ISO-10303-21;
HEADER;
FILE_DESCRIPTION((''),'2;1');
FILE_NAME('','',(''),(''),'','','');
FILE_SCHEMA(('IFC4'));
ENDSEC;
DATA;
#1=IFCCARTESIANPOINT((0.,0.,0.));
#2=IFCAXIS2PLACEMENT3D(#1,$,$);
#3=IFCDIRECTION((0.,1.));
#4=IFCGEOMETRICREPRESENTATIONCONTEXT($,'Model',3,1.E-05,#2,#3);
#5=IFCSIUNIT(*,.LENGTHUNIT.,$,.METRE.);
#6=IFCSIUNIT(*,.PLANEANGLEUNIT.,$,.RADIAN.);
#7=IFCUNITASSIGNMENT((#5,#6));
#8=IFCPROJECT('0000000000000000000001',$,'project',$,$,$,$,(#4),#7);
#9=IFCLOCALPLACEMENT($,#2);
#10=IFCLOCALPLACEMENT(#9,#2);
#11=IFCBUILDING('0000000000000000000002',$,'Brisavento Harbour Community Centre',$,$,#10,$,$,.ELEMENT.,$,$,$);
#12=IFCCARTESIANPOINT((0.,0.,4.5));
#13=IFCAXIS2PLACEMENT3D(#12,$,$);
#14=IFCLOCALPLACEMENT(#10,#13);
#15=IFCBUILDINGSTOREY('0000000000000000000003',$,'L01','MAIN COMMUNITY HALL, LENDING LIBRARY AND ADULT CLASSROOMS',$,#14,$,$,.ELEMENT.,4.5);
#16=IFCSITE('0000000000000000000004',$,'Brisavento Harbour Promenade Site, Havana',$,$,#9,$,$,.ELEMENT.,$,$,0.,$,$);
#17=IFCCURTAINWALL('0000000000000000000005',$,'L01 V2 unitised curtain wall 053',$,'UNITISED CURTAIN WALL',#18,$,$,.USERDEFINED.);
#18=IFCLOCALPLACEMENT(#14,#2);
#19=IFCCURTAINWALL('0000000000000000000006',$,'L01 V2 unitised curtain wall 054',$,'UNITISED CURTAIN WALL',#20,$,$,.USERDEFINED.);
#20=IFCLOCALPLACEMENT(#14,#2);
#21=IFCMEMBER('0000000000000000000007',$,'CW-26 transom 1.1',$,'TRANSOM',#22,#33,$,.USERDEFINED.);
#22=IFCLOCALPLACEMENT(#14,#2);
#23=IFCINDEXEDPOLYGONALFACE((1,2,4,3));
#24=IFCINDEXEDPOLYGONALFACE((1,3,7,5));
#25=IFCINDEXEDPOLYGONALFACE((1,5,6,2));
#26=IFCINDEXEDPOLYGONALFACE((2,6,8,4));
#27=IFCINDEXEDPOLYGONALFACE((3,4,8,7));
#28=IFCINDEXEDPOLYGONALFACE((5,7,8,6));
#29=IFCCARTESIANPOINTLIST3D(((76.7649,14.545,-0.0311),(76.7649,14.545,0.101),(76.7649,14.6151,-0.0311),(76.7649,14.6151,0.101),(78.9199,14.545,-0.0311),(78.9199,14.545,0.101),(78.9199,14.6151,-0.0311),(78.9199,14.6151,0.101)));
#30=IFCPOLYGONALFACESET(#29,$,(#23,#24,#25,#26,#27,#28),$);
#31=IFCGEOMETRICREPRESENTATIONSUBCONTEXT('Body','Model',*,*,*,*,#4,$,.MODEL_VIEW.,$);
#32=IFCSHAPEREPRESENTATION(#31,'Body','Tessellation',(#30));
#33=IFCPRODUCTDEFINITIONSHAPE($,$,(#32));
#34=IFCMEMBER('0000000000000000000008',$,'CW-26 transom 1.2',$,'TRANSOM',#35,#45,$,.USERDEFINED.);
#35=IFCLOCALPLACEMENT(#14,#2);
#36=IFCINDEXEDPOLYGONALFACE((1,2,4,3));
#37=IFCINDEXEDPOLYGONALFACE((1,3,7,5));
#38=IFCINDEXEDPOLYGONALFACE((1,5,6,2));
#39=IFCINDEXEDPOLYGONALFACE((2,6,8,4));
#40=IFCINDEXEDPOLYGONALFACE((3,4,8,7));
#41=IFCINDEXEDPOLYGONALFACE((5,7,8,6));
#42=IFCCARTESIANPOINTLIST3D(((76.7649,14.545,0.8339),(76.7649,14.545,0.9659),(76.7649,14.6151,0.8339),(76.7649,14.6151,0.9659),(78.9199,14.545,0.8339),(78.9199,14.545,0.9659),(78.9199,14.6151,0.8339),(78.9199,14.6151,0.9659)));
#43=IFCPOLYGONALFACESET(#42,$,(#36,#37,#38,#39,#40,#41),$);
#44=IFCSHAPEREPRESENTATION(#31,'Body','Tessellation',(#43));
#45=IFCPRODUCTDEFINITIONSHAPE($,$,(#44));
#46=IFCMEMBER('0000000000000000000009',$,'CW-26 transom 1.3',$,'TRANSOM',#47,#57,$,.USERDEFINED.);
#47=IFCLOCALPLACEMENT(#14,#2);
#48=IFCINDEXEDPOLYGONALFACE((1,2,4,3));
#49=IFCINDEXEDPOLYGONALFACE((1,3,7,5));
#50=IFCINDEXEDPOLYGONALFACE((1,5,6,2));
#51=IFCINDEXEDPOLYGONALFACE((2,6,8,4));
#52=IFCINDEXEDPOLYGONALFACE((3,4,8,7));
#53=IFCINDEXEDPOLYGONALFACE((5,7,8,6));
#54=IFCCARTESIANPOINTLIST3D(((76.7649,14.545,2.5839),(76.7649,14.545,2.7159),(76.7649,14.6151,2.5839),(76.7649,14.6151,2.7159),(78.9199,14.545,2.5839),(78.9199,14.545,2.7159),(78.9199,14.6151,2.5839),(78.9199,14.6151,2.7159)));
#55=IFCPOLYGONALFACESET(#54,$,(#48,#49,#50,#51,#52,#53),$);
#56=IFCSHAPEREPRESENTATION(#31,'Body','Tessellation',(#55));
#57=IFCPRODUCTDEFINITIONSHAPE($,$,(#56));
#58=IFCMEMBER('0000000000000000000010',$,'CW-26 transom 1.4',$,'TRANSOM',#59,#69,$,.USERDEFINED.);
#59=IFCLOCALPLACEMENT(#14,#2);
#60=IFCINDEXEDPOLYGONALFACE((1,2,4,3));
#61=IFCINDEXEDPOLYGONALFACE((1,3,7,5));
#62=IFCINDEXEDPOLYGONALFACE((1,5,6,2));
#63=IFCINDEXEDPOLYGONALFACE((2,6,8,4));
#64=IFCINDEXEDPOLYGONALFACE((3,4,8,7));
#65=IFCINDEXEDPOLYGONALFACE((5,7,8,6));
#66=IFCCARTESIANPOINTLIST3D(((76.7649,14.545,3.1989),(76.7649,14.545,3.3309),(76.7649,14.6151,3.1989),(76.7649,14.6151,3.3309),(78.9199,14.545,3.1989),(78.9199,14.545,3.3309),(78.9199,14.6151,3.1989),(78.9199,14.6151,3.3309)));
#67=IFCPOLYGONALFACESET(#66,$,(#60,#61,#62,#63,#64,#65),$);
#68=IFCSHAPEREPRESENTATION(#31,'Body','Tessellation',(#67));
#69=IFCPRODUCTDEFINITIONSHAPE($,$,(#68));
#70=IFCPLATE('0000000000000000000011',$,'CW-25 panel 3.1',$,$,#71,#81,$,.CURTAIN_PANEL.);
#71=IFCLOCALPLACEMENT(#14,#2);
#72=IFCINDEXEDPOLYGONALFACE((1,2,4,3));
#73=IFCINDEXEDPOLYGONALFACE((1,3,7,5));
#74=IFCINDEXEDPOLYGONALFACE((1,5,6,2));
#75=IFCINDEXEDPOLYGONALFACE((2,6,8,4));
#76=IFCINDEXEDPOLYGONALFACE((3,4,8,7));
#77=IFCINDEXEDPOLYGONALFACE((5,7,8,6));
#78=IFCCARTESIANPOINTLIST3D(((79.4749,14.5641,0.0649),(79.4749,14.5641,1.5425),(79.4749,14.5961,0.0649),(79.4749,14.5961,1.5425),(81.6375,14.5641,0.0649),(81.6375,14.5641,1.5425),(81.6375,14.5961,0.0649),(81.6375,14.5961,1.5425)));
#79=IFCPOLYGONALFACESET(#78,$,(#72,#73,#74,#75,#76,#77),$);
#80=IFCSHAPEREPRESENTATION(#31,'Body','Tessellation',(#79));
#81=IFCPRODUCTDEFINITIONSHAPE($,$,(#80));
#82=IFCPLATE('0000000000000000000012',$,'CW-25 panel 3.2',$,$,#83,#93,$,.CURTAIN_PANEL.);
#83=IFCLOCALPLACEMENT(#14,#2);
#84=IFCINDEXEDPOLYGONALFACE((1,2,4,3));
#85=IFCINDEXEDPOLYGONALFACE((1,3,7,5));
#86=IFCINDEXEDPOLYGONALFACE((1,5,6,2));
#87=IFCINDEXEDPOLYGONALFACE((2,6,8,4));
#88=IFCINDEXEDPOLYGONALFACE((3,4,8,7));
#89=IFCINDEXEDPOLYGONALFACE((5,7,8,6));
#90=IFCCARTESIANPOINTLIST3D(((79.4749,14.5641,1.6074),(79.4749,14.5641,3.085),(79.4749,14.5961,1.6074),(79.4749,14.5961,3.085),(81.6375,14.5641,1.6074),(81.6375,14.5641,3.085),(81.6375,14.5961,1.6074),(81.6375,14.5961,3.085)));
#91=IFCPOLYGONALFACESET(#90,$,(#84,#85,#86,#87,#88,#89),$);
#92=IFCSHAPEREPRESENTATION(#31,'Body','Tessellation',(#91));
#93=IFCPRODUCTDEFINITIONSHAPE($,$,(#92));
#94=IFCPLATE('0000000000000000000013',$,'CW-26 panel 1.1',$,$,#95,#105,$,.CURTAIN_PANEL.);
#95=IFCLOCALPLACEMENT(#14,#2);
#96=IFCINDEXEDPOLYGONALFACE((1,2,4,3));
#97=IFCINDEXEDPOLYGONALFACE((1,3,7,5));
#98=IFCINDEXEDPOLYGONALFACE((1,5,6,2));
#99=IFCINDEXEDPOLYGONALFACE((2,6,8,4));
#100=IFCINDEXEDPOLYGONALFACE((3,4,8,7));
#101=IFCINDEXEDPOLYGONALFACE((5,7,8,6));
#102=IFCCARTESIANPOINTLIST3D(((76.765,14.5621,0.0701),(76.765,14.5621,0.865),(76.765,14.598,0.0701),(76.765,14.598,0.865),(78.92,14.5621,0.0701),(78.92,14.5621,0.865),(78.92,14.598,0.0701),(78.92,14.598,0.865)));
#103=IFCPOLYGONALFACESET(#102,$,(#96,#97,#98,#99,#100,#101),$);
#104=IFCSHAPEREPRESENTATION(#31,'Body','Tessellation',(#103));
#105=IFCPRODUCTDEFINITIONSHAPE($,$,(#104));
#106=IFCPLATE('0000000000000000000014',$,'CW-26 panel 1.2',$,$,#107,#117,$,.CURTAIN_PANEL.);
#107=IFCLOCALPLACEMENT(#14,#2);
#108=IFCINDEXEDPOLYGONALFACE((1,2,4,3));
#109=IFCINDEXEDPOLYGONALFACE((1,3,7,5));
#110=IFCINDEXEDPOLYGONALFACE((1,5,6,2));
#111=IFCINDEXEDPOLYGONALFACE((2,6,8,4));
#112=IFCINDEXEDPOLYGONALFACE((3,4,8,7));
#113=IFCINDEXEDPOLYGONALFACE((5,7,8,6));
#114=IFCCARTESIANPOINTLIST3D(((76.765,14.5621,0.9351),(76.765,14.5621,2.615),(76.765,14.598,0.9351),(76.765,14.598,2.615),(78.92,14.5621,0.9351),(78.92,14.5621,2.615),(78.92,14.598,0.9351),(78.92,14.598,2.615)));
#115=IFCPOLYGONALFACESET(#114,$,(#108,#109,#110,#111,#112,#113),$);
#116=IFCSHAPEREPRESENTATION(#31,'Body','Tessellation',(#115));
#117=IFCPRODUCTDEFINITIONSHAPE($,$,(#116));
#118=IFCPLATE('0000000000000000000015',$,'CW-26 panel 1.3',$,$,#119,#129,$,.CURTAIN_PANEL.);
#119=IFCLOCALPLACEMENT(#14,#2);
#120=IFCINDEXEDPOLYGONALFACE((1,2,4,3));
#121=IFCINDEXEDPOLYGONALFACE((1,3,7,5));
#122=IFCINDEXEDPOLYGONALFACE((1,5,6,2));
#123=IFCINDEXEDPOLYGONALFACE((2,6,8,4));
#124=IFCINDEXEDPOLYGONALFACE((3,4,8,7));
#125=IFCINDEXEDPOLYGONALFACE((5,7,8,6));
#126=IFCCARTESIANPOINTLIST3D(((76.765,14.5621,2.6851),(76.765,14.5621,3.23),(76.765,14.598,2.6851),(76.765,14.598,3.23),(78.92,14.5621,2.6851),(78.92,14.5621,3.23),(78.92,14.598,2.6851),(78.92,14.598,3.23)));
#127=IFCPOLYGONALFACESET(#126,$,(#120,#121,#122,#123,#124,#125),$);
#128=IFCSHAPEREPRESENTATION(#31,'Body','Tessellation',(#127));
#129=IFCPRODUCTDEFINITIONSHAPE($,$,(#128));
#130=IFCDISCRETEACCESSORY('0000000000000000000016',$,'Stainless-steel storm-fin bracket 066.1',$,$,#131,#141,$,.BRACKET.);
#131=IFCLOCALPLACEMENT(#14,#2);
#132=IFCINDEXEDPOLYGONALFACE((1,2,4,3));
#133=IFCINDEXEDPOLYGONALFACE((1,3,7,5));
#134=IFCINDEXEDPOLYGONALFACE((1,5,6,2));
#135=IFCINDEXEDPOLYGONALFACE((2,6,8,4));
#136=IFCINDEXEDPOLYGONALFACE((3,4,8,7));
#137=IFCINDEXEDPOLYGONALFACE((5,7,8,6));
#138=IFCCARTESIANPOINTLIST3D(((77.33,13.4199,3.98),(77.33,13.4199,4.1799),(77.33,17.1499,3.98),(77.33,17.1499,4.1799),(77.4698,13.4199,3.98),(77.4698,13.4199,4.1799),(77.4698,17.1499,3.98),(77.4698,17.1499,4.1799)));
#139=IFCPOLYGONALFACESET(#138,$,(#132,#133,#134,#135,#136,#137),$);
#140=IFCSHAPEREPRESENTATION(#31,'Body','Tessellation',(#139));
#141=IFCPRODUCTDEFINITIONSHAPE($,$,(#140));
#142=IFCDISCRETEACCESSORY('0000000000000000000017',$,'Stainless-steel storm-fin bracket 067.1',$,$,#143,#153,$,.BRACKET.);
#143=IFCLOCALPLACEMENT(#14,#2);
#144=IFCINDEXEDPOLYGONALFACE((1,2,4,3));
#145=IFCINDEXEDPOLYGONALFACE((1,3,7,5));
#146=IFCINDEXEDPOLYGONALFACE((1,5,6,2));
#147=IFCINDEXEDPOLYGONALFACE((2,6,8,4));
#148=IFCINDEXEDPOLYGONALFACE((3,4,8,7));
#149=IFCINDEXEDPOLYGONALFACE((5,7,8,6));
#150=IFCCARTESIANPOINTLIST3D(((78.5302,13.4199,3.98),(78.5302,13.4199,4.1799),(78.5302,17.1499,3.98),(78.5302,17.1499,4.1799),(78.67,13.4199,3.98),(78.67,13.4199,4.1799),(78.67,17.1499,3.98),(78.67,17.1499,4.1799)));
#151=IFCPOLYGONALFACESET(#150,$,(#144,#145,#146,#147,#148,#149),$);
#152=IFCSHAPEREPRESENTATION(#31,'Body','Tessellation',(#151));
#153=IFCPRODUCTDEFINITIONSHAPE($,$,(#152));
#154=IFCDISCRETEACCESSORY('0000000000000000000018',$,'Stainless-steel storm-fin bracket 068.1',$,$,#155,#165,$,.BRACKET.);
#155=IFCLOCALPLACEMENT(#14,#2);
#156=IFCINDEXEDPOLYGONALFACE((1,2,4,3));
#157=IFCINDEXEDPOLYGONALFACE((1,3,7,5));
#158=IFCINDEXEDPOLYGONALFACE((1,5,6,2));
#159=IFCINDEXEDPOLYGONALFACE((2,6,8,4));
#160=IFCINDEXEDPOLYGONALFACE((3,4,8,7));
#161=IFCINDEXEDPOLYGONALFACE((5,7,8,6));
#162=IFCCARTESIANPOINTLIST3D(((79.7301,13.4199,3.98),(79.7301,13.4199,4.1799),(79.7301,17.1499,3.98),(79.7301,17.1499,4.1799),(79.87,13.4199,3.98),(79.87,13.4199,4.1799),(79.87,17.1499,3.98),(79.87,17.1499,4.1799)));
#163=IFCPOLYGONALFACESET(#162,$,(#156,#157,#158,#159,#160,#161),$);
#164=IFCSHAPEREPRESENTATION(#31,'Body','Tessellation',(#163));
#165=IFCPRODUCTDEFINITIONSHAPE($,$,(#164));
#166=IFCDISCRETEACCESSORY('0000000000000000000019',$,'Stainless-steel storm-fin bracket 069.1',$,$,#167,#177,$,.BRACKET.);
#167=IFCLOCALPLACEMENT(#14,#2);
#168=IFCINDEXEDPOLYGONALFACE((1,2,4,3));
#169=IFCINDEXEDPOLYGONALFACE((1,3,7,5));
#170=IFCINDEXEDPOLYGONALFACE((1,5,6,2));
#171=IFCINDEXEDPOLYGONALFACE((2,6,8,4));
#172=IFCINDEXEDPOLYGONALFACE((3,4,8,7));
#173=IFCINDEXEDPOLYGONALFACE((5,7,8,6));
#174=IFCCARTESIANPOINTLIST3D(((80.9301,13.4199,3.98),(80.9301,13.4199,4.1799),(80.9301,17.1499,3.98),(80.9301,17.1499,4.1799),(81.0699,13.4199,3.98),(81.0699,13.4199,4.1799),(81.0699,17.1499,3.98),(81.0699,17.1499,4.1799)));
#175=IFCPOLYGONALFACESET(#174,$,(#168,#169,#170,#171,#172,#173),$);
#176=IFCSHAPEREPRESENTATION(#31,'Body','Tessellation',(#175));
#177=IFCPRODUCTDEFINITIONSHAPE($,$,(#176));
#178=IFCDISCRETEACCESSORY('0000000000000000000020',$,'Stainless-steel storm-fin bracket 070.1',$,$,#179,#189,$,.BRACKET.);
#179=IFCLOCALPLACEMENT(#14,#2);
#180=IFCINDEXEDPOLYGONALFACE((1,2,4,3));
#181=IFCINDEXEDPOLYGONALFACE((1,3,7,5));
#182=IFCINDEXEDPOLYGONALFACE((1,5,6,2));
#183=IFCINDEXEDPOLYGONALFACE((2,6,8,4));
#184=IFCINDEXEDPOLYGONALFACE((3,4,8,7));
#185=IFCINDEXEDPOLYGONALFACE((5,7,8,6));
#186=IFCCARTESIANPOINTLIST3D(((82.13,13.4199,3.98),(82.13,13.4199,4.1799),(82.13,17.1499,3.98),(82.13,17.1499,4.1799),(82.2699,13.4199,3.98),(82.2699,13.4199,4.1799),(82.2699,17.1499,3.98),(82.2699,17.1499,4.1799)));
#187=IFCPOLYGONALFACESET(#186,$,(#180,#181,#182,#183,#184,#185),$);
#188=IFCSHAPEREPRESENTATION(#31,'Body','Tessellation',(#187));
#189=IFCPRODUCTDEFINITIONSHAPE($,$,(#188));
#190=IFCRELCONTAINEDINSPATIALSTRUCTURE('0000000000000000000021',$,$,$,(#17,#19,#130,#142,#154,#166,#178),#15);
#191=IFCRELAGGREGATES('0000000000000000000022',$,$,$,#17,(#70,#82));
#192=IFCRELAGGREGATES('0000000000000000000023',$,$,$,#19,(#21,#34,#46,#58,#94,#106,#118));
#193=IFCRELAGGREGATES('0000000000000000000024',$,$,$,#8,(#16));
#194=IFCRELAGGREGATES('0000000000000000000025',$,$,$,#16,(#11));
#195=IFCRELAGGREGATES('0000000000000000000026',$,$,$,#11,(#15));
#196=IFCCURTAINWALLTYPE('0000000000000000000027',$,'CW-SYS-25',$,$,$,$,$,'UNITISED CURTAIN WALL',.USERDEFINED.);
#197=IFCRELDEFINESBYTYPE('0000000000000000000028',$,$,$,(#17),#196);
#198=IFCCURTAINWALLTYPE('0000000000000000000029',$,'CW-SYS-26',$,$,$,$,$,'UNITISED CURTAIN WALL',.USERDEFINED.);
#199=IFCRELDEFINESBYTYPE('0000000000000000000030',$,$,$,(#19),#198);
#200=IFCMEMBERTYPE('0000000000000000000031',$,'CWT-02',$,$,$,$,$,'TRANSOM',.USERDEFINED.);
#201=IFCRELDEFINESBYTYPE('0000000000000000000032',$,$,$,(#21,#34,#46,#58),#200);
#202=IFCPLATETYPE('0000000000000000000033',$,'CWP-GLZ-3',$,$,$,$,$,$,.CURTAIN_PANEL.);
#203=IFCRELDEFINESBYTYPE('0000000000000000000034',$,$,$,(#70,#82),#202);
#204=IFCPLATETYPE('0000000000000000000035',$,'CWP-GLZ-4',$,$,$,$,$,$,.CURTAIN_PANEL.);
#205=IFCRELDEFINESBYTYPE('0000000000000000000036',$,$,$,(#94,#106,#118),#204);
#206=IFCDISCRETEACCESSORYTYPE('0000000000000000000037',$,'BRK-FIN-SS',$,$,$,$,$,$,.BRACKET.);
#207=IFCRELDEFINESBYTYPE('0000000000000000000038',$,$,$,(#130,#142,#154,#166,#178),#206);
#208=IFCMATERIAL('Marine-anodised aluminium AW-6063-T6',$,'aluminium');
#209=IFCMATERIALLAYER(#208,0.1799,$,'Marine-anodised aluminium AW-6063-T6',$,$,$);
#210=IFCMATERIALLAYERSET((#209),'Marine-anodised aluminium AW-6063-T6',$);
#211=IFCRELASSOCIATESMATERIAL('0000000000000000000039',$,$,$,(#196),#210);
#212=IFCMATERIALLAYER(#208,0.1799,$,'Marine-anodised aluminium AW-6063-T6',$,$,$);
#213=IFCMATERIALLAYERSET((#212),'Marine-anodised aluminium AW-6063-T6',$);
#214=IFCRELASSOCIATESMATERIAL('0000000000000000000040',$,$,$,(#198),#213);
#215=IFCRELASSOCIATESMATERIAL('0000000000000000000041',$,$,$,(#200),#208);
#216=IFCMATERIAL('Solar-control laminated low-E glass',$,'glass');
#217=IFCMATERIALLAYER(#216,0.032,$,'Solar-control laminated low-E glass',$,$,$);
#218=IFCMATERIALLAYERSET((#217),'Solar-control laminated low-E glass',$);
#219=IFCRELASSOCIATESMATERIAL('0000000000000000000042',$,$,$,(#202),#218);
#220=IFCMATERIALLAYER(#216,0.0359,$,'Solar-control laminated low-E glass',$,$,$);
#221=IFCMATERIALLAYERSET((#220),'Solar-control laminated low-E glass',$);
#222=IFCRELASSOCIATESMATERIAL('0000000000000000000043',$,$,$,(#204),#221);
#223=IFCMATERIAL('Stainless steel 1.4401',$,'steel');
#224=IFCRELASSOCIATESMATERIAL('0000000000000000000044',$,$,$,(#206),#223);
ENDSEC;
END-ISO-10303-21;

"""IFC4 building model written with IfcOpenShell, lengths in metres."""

from ifc_helpers import new_model, si_unit, direction, frame, origin, origin_2d, place, context, subcontext, project, spatial, rectangle, extrude, material, layer, layer_set, material_profile, profile_set, type_object, element, aggregate, save


model = new_model("IFC4")

# Units and contexts
model_context = context("Model", 3, precision=1e-05, world=origin(), true_north=direction((0.0, 1.0)))
body_context = subcontext(model_context, "Body", "Model", "MODEL_VIEW")
ifc_project = project(units=[si_unit("LENGTHUNIT", "METRE"), si_unit("PLANEANGLEUNIT", "RADIAN")], contexts=[model_context])

# Site, building, storey
site_placement = place(None, origin())
site = spatial("IfcSite", under=ifc_project, at=site_placement, Name="Brisavento Harbour Promenade Site, Havana", CompositionType="ELEMENT", RefElevation=0.0)
building_placement = place(site_placement, origin())
building = spatial("IfcBuilding", under=site, at=building_placement, Name="Brisavento Harbour Community Centre", CompositionType="ELEMENT")
storey_placement = place(building_placement, frame((0.0, 0.0, 4.5)))
storey = spatial("IfcBuildingStorey", under=building, at=storey_placement, Name="L01", Description="MAIN COMMUNITY HALL, LENDING LIBRARY AND ADULT CLASSROOMS", CompositionType="ELEMENT", Elevation=4.5)

# Curtain wall
ifc_material_1 = material(Name="Marine-anodised aluminium AW-6063-T6", Category="aluminium")
ifc_layer_1 = layer(ifc_material_1, 0.1799, Name="Marine-anodised aluminium AW-6063-T6")
ifc_layer_set_1 = layer_set([ifc_layer_1], Name="Marine-anodised aluminium AW-6063-T6")
curtain_wall_type_1 = type_object("IfcCurtainWallType", Name="CW-SYS-25", ElementType="UNITISED CURTAIN WALL", PredefinedType="USERDEFINED", material=ifc_layer_set_1)
curtain_wall_1_placement = place(storey_placement, origin())
curtain_wall_1 = element("IfcCurtainWall", 1, at=curtain_wall_1_placement, inside=storey, type_object=curtain_wall_type_1, Name="L01 V2 unitised curtain wall 053", ObjectType="UNITISED CURTAIN WALL", PredefinedType="USERDEFINED")

# Curtain wall
ifc_layer_2 = layer(ifc_material_1, 0.1799, Name="Marine-anodised aluminium AW-6063-T6")
ifc_layer_set_2 = layer_set([ifc_layer_2], Name="Marine-anodised aluminium AW-6063-T6")
curtain_wall_type_2 = type_object("IfcCurtainWallType", Name="CW-SYS-26", ElementType="UNITISED CURTAIN WALL", PredefinedType="USERDEFINED", material=ifc_layer_set_2)
curtain_wall_2_placement = place(storey_placement, origin())
curtain_wall_2 = element("IfcCurtainWall", 2, at=curtain_wall_2_placement, inside=storey, type_object=curtain_wall_type_2, Name="L01 V2 unitised curtain wall 054", ObjectType="UNITISED CURTAIN WALL", PredefinedType="USERDEFINED")

# Members
ifc_material_profile_1 = material_profile(ifc_material_1, rectangle(XDim=0.0701, YDim=0.1321, at=origin_2d()), Name="Marine-anodised aluminium AW-6063-T6")
ifc_profile_set_1 = profile_set([ifc_material_profile_1], Name="Marine-anodised aluminium AW-6063-T6")
member_type_1 = type_object("IfcMemberType", Name="CWT-02", ElementType="TRANSOM", PredefinedType="USERDEFINED", material=ifc_profile_set_1)
member_1_placement = place(storey_placement, frame((78.9199, 14.5801, 0.0349), z_axis=(-1.0, 0.0, 0.0), x_axis=(0.0, -1.0, 0.0)))
member_1 = element("IfcMember", 3, at=member_1_placement, type_object=member_type_1, Name="CW-26 transom 1.1", ObjectType="TRANSOM", PredefinedType="USERDEFINED", context=body_context, shape_type="SweptSolid", body=[
    extrude(rectangle(XDim=0.0701, YDim=0.1321, at=origin_2d()), origin(), (0.0, 0.0, 1.0), 2.155),
])
member_2_placement = place(storey_placement, frame((78.9199, 14.5801, 0.8999), z_axis=(-1.0, 0.0, 0.0), x_axis=(0.0, -1.0, 0.0)))
member_2 = element("IfcMember", 4, at=member_2_placement, type_object=member_type_1, Name="CW-26 transom 1.2", ObjectType="TRANSOM", PredefinedType="USERDEFINED", context=body_context, shape_type="SweptSolid", body=[
    extrude(rectangle(XDim=0.0701, YDim=0.1321, at=origin_2d()), origin(), (0.0, 0.0, 1.0), 2.155),
])
member_3_placement = place(storey_placement, frame((78.9199, 14.5801, 2.6499), z_axis=(-1.0, 0.0, 0.0), x_axis=(0.0, -1.0, 0.0)))
member_3 = element("IfcMember", 5, at=member_3_placement, type_object=member_type_1, Name="CW-26 transom 1.3", ObjectType="TRANSOM", PredefinedType="USERDEFINED", context=body_context, shape_type="SweptSolid", body=[
    extrude(rectangle(XDim=0.0701, YDim=0.1321, at=origin_2d()), origin(), (0.0, 0.0, 1.0), 2.155),
])
member_4_placement = place(storey_placement, frame((78.9199, 14.5801, 3.2649), z_axis=(-1.0, 0.0, 0.0), x_axis=(0.0, -1.0, 0.0)))
member_4 = element("IfcMember", 6, at=member_4_placement, type_object=member_type_1, Name="CW-26 transom 1.4", ObjectType="TRANSOM", PredefinedType="USERDEFINED", context=body_context, shape_type="SweptSolid", body=[
    extrude(rectangle(XDim=0.0701, YDim=0.1321, at=origin_2d()), origin(), (0.0, 0.0, 1.0), 2.155),
])

# Plates
ifc_material_2 = material(Name="Solar-control laminated low-E glass", Category="glass")
ifc_layer_3 = layer(ifc_material_2, 0.032, Name="Solar-control laminated low-E glass")
ifc_layer_set_3 = layer_set([ifc_layer_3], Name="Solar-control laminated low-E glass")
plate_type_1 = type_object("IfcPlateType", Name="CWP-GLZ-3", PredefinedType="CURTAIN_PANEL", material=ifc_layer_set_3)
plate_1_placement = place(storey_placement, frame((80.5562, 14.5801, 0.0649), z_axis=(0.0, 0.0, 1.0), x_axis=(-1.0, 0.0, 0.0)))
plate_1 = element("IfcPlate", 7, at=plate_1_placement, type_object=plate_type_1, Name="CW-25 panel 3.1", PredefinedType="CURTAIN_PANEL", context=body_context, shape_type="SweptSolid", body=[
    extrude(rectangle(XDim=2.1626, YDim=0.032, at=origin_2d()), origin(), (0.0, 0.0, 1.0), 1.4775),
])
plate_2_placement = place(storey_placement, frame((80.5562, 14.5801, 1.6074), z_axis=(0.0, 0.0, 1.0), x_axis=(-1.0, 0.0, 0.0)))
plate_2 = element("IfcPlate", 8, at=plate_2_placement, type_object=plate_type_1, Name="CW-25 panel 3.2", PredefinedType="CURTAIN_PANEL", context=body_context, shape_type="SweptSolid", body=[
    extrude(rectangle(XDim=2.1626, YDim=0.032, at=origin_2d()), origin(), (0.0, 0.0, 1.0), 1.4775),
])
aggregate(curtain_wall_1, [plate_1, plate_2])
ifc_layer_4 = layer(ifc_material_2, 0.0359, Name="Solar-control laminated low-E glass")
ifc_layer_set_4 = layer_set([ifc_layer_4], Name="Solar-control laminated low-E glass")
plate_type_2 = type_object("IfcPlateType", Name="CWP-GLZ-4", PredefinedType="CURTAIN_PANEL", material=ifc_layer_set_4)
plate_3_placement = place(storey_placement, frame((77.8425, 14.5801, 0.0701), z_axis=(0.0, 0.0, 1.0), x_axis=(-1.0, 0.0, 0.0)))
plate_3 = element("IfcPlate", 9, at=plate_3_placement, type_object=plate_type_2, Name="CW-26 panel 1.1", PredefinedType="CURTAIN_PANEL", context=body_context, shape_type="SweptSolid", body=[
    extrude(rectangle(XDim=2.155, YDim=0.0359, at=origin_2d()), origin(), (0.0, 0.0, 1.0), 0.7949),
])
plate_4_placement = place(storey_placement, frame((77.8425, 14.5801, 0.9351), z_axis=(0.0, 0.0, 1.0), x_axis=(-1.0, 0.0, 0.0)))
plate_4 = element("IfcPlate", 10, at=plate_4_placement, type_object=plate_type_2, Name="CW-26 panel 1.2", PredefinedType="CURTAIN_PANEL", context=body_context, shape_type="SweptSolid", body=[
    extrude(rectangle(XDim=2.155, YDim=0.0359, at=origin_2d()), origin(), (0.0, 0.0, 1.0), 1.6799),
])
plate_5_placement = place(storey_placement, frame((77.8425, 14.5801, 2.6851), z_axis=(0.0, 0.0, 1.0), x_axis=(-1.0, 0.0, 0.0)))
plate_5 = element("IfcPlate", 11, at=plate_5_placement, type_object=plate_type_2, Name="CW-26 panel 1.3", PredefinedType="CURTAIN_PANEL", context=body_context, shape_type="SweptSolid", body=[
    extrude(rectangle(XDim=2.155, YDim=0.0359, at=origin_2d()), origin(), (0.0, 0.0, 1.0), 0.5449),
])
aggregate(curtain_wall_2, [member_1, member_2, member_3, member_4, plate_3, plate_4, plate_5])

# Discrete accessories
ifc_material_3 = material(Name="Stainless steel 1.4401", Category="steel")
discrete_accessory_type = type_object("IfcDiscreteAccessoryType", Name="BRK-FIN-SS", PredefinedType="BRACKET", material=ifc_material_3)
for number, where, z_axis, x_axis, name in (
    (12, (77.3999, 15.2849, 3.98), (0.0, 0.0, 1.0), (0.0, -1.0, 0.0), "Stainless-steel storm-fin bracket 066.1"),
    (13, (78.6001, 15.2849, 3.98), (0.0, 0.0, 1.0), (0.0, -1.0, 0.0), "Stainless-steel storm-fin bracket 067.1"),
    (14, (79.8, 15.2849, 3.98), (0.0, 0.0, 1.0), (0.0, -1.0, 0.0), "Stainless-steel storm-fin bracket 068.1"),
    (15, (81.0, 15.2849, 3.98), (0.0, 0.0, 1.0), (0.0, -1.0, 0.0), "Stainless-steel storm-fin bracket 069.1"),
    (16, (82.2, 15.2849, 3.98), (0.0, 0.0, 1.0), (0.0, -1.0, 0.0), "Stainless-steel storm-fin bracket 070.1"),
):
    element("IfcDiscreteAccessory", number, at=place(storey_placement, frame(where, z_axis=z_axis, x_axis=x_axis)), inside=storey, type_object=discrete_accessory_type, Name=name, PredefinedType="BRACKET", context=body_context, shape_type="SweptSolid", body=[
        extrude(rectangle(XDim=3.73, YDim=0.1399, at=origin_2d()), origin(), (0.0, 0.0, 1.0), 0.2),
    ])

save(model, "model.ifc")
